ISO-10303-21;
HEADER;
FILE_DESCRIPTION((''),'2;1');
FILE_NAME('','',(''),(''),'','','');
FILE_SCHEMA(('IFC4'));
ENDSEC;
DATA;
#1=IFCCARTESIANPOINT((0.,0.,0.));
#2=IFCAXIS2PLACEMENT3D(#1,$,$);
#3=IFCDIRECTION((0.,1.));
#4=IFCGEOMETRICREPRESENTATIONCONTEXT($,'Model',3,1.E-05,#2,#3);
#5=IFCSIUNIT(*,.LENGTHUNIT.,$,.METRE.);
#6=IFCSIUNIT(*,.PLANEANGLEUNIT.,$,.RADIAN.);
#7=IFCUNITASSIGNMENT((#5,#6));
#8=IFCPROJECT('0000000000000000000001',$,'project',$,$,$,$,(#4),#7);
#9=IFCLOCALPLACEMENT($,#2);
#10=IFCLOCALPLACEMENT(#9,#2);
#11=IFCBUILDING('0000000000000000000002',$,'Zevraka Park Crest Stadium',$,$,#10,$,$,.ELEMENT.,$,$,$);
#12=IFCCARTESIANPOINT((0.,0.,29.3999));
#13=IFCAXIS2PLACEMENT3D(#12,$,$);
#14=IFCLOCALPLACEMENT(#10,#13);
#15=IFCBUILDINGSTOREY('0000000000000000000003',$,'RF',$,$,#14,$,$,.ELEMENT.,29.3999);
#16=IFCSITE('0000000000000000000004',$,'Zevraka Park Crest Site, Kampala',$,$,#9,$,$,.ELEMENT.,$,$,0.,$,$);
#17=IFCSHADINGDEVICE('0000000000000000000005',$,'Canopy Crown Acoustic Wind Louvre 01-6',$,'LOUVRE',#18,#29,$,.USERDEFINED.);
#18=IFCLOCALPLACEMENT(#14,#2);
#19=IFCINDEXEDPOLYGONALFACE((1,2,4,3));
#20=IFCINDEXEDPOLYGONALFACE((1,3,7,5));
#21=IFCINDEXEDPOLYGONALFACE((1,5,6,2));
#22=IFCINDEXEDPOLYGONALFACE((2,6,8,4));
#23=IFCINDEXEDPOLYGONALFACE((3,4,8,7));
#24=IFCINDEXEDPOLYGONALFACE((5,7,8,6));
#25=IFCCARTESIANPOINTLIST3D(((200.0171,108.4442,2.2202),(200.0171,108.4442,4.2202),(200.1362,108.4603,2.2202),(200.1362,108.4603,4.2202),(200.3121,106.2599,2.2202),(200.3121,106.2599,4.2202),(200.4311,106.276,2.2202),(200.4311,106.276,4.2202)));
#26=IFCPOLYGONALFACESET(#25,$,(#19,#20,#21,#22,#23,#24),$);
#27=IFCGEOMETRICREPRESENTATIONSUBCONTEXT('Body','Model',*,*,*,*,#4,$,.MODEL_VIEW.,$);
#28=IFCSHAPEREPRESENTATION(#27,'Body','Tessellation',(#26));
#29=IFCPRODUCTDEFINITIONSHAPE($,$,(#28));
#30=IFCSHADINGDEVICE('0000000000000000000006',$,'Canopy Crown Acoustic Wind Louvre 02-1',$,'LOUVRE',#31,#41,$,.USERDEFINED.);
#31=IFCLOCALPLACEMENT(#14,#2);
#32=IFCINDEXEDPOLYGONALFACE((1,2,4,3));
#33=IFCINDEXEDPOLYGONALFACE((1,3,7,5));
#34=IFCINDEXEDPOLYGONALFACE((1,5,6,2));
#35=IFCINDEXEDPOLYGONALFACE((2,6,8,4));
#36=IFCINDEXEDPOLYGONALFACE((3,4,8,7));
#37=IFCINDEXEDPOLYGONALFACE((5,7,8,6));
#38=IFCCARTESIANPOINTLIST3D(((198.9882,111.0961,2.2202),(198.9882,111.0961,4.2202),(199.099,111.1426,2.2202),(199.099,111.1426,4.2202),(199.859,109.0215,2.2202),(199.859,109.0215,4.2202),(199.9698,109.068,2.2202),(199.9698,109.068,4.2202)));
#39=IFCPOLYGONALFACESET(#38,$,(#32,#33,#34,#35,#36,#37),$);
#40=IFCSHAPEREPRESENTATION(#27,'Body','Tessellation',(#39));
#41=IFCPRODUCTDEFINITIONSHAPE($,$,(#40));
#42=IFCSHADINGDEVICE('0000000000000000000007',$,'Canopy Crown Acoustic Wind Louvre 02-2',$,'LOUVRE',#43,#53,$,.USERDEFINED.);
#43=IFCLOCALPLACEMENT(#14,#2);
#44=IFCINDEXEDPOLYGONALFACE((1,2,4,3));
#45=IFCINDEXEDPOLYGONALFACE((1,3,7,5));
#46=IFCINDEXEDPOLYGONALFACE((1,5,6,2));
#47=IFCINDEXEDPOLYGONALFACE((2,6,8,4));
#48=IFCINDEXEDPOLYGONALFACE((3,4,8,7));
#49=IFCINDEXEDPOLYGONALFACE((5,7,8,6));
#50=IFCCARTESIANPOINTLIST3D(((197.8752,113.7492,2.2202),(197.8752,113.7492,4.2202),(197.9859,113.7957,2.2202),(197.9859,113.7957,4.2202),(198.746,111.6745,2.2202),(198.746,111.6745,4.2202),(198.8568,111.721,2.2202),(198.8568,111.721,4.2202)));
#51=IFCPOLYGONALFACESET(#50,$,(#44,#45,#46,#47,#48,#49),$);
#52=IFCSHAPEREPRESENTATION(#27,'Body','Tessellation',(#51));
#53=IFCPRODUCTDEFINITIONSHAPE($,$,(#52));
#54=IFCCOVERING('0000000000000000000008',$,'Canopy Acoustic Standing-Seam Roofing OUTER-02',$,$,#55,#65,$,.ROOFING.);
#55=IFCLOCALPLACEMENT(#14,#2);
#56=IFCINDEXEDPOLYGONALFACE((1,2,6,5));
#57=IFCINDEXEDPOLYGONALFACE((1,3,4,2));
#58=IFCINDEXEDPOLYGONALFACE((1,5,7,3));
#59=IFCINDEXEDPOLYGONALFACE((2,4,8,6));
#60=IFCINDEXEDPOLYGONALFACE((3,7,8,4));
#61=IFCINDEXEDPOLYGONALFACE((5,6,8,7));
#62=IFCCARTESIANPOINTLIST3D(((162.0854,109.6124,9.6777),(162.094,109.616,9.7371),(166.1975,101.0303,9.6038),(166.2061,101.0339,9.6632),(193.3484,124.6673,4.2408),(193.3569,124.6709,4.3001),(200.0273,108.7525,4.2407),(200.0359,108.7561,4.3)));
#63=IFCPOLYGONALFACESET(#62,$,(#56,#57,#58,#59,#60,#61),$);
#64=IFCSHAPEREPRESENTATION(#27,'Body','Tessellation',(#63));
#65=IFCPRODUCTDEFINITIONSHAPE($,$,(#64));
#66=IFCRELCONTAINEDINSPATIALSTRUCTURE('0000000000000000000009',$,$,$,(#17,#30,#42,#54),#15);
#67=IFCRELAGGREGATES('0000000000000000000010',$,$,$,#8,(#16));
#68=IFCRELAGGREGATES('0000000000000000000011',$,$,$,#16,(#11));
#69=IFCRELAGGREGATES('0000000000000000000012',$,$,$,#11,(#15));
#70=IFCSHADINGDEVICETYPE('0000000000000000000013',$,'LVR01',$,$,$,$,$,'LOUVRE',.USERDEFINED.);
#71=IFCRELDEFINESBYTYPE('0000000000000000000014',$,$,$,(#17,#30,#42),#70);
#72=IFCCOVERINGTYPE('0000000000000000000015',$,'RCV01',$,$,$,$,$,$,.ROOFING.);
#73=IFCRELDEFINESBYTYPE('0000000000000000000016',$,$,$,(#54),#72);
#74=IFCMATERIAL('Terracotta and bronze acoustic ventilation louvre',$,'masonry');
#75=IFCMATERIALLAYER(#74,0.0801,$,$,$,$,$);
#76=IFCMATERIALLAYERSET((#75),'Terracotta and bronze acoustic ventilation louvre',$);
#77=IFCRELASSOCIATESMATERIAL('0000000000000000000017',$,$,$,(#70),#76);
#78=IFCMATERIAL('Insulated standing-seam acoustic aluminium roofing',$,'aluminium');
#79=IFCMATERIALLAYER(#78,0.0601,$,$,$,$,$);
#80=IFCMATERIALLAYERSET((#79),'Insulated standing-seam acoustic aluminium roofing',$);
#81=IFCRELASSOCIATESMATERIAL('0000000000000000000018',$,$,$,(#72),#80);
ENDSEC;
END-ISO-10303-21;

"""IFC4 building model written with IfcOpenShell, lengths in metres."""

from ifc_helpers import new_model, si_unit, direction, frame, origin, origin_2d, place, context, subcontext, project, spatial, polyline, rectangle, outline, extrude, material, layer, layer_set, type_object, element, save


model = new_model("IFC4")

# Units and contexts
model_context = context("Model", 3, precision=1e-05, world=origin(), true_north=direction((0.0, 1.0)))
body_context = subcontext(model_context, "Body", "Model", "MODEL_VIEW")
ifc_project = project(units=[si_unit("LENGTHUNIT", "METRE"), si_unit("PLANEANGLEUNIT", "RADIAN")], contexts=[model_context])

# Site, building, storey
site_placement = place(None, origin())
site = spatial("IfcSite", under=ifc_project, at=site_placement, Name="Zevraka Park Crest Site, Kampala", CompositionType="ELEMENT", RefElevation=0.0)
building_placement = place(site_placement, origin())
building = spatial("IfcBuilding", under=site, at=building_placement, Name="Zevraka Park Crest Stadium", CompositionType="ELEMENT")
storey_placement = place(building_placement, frame((0.0, 0.0, 29.3999)))
storey = spatial("IfcBuildingStorey", under=building, at=storey_placement, Name="RF", CompositionType="ELEMENT", Elevation=29.3999)

# Shading devices
ifc_material_1 = material(Name="Terracotta and bronze acoustic ventilation louvre", Category="masonry")
ifc_layer_1 = layer(ifc_material_1, 0.0801)
ifc_layer_set_1 = layer_set([ifc_layer_1], Name="Terracotta and bronze acoustic ventilation louvre")
shading_device_type = type_object("IfcShadingDeviceType", Name="LVR01", ElementType="LOUVRE", PredefinedType="USERDEFINED", material=ifc_layer_set_1)
for number, where, z_axis, x_axis, name in (
    (1, (200.2241, 107.3601, 2.2202), (0.0, 0.0, 1.0), (-0.133813, 0.991007, 0.0), "Canopy Crown Acoustic Wind Louvre 01-6"),
):
    element("IfcShadingDevice", number, at=place(storey_placement, frame(where, z_axis=z_axis, x_axis=x_axis)), inside=storey, type_object=shading_device_type, Name=name, ObjectType="LOUVRE", PredefinedType="USERDEFINED", context=body_context, shape_type="SweptSolid", body=[
        extrude(rectangle(XDim=2.2041, YDim=0.1201, at=origin_2d()), origin(), (0.0, 0.0, 1.0), 2.0),
    ])
for number, where, z_axis, x_axis, name in (
    (2, (199.479, 110.082, 2.2202), (0.0, 0.0, 1.0), (-0.387033, 0.922066, 0.0), "Canopy Crown Acoustic Wind Louvre 02-1"),
    (3, (198.366, 112.7351, 2.2202), (0.0, 0.0, 1.0), (-0.387033, 0.922066, 0.0), "Canopy Crown Acoustic Wind Louvre 02-2"),
):
    element("IfcShadingDevice", number, at=place(storey_placement, frame(where, z_axis=z_axis, x_axis=x_axis)), inside=storey, type_object=shading_device_type, Name=name, ObjectType="LOUVRE", PredefinedType="USERDEFINED", context=body_context, shape_type="SweptSolid", body=[
        extrude(rectangle(XDim=2.25, YDim=0.1201, at=origin_2d()), origin(), (0.0, 0.0, 1.0), 2.0),
    ])

# Covering
ifc_material_2 = material(Name="Insulated standing-seam acoustic aluminium roofing", Category="aluminium")
ifc_layer_2 = layer(ifc_material_2, 0.0601)
ifc_layer_set_2 = layer_set([ifc_layer_2], Name="Insulated standing-seam acoustic aluminium roofing")
covering_type_1 = type_object("IfcCoveringType", Name="RCV01", PredefinedType="ROOFING", material=ifc_layer_set_2)
covering_1_placement = place(storey_placement, frame((200.0359, 108.7561, 4.3), z_axis=(0.142926, 0.059976, 0.987914), x_axis=(-0.386973, 0.922091, 0.000005)))
element("IfcCovering", 4, at=covering_1_placement, inside=storey, type_object=covering_type_1, Name="Canopy Acoustic Standing-Seam Roofing OUTER-02", PredefinedType="ROOFING", context=body_context, shape_type="SweptSolid", body=[
    extrude(outline(polyline([(0.0, 0.0), (17.2595, 0.0), (15.4754, 35.0771), (5.9707, 34.6006), (0.0, 0.0)])), origin(), (0.0, 0.0, -1.0), 0.0601),
])

save(model, "model.ifc")
